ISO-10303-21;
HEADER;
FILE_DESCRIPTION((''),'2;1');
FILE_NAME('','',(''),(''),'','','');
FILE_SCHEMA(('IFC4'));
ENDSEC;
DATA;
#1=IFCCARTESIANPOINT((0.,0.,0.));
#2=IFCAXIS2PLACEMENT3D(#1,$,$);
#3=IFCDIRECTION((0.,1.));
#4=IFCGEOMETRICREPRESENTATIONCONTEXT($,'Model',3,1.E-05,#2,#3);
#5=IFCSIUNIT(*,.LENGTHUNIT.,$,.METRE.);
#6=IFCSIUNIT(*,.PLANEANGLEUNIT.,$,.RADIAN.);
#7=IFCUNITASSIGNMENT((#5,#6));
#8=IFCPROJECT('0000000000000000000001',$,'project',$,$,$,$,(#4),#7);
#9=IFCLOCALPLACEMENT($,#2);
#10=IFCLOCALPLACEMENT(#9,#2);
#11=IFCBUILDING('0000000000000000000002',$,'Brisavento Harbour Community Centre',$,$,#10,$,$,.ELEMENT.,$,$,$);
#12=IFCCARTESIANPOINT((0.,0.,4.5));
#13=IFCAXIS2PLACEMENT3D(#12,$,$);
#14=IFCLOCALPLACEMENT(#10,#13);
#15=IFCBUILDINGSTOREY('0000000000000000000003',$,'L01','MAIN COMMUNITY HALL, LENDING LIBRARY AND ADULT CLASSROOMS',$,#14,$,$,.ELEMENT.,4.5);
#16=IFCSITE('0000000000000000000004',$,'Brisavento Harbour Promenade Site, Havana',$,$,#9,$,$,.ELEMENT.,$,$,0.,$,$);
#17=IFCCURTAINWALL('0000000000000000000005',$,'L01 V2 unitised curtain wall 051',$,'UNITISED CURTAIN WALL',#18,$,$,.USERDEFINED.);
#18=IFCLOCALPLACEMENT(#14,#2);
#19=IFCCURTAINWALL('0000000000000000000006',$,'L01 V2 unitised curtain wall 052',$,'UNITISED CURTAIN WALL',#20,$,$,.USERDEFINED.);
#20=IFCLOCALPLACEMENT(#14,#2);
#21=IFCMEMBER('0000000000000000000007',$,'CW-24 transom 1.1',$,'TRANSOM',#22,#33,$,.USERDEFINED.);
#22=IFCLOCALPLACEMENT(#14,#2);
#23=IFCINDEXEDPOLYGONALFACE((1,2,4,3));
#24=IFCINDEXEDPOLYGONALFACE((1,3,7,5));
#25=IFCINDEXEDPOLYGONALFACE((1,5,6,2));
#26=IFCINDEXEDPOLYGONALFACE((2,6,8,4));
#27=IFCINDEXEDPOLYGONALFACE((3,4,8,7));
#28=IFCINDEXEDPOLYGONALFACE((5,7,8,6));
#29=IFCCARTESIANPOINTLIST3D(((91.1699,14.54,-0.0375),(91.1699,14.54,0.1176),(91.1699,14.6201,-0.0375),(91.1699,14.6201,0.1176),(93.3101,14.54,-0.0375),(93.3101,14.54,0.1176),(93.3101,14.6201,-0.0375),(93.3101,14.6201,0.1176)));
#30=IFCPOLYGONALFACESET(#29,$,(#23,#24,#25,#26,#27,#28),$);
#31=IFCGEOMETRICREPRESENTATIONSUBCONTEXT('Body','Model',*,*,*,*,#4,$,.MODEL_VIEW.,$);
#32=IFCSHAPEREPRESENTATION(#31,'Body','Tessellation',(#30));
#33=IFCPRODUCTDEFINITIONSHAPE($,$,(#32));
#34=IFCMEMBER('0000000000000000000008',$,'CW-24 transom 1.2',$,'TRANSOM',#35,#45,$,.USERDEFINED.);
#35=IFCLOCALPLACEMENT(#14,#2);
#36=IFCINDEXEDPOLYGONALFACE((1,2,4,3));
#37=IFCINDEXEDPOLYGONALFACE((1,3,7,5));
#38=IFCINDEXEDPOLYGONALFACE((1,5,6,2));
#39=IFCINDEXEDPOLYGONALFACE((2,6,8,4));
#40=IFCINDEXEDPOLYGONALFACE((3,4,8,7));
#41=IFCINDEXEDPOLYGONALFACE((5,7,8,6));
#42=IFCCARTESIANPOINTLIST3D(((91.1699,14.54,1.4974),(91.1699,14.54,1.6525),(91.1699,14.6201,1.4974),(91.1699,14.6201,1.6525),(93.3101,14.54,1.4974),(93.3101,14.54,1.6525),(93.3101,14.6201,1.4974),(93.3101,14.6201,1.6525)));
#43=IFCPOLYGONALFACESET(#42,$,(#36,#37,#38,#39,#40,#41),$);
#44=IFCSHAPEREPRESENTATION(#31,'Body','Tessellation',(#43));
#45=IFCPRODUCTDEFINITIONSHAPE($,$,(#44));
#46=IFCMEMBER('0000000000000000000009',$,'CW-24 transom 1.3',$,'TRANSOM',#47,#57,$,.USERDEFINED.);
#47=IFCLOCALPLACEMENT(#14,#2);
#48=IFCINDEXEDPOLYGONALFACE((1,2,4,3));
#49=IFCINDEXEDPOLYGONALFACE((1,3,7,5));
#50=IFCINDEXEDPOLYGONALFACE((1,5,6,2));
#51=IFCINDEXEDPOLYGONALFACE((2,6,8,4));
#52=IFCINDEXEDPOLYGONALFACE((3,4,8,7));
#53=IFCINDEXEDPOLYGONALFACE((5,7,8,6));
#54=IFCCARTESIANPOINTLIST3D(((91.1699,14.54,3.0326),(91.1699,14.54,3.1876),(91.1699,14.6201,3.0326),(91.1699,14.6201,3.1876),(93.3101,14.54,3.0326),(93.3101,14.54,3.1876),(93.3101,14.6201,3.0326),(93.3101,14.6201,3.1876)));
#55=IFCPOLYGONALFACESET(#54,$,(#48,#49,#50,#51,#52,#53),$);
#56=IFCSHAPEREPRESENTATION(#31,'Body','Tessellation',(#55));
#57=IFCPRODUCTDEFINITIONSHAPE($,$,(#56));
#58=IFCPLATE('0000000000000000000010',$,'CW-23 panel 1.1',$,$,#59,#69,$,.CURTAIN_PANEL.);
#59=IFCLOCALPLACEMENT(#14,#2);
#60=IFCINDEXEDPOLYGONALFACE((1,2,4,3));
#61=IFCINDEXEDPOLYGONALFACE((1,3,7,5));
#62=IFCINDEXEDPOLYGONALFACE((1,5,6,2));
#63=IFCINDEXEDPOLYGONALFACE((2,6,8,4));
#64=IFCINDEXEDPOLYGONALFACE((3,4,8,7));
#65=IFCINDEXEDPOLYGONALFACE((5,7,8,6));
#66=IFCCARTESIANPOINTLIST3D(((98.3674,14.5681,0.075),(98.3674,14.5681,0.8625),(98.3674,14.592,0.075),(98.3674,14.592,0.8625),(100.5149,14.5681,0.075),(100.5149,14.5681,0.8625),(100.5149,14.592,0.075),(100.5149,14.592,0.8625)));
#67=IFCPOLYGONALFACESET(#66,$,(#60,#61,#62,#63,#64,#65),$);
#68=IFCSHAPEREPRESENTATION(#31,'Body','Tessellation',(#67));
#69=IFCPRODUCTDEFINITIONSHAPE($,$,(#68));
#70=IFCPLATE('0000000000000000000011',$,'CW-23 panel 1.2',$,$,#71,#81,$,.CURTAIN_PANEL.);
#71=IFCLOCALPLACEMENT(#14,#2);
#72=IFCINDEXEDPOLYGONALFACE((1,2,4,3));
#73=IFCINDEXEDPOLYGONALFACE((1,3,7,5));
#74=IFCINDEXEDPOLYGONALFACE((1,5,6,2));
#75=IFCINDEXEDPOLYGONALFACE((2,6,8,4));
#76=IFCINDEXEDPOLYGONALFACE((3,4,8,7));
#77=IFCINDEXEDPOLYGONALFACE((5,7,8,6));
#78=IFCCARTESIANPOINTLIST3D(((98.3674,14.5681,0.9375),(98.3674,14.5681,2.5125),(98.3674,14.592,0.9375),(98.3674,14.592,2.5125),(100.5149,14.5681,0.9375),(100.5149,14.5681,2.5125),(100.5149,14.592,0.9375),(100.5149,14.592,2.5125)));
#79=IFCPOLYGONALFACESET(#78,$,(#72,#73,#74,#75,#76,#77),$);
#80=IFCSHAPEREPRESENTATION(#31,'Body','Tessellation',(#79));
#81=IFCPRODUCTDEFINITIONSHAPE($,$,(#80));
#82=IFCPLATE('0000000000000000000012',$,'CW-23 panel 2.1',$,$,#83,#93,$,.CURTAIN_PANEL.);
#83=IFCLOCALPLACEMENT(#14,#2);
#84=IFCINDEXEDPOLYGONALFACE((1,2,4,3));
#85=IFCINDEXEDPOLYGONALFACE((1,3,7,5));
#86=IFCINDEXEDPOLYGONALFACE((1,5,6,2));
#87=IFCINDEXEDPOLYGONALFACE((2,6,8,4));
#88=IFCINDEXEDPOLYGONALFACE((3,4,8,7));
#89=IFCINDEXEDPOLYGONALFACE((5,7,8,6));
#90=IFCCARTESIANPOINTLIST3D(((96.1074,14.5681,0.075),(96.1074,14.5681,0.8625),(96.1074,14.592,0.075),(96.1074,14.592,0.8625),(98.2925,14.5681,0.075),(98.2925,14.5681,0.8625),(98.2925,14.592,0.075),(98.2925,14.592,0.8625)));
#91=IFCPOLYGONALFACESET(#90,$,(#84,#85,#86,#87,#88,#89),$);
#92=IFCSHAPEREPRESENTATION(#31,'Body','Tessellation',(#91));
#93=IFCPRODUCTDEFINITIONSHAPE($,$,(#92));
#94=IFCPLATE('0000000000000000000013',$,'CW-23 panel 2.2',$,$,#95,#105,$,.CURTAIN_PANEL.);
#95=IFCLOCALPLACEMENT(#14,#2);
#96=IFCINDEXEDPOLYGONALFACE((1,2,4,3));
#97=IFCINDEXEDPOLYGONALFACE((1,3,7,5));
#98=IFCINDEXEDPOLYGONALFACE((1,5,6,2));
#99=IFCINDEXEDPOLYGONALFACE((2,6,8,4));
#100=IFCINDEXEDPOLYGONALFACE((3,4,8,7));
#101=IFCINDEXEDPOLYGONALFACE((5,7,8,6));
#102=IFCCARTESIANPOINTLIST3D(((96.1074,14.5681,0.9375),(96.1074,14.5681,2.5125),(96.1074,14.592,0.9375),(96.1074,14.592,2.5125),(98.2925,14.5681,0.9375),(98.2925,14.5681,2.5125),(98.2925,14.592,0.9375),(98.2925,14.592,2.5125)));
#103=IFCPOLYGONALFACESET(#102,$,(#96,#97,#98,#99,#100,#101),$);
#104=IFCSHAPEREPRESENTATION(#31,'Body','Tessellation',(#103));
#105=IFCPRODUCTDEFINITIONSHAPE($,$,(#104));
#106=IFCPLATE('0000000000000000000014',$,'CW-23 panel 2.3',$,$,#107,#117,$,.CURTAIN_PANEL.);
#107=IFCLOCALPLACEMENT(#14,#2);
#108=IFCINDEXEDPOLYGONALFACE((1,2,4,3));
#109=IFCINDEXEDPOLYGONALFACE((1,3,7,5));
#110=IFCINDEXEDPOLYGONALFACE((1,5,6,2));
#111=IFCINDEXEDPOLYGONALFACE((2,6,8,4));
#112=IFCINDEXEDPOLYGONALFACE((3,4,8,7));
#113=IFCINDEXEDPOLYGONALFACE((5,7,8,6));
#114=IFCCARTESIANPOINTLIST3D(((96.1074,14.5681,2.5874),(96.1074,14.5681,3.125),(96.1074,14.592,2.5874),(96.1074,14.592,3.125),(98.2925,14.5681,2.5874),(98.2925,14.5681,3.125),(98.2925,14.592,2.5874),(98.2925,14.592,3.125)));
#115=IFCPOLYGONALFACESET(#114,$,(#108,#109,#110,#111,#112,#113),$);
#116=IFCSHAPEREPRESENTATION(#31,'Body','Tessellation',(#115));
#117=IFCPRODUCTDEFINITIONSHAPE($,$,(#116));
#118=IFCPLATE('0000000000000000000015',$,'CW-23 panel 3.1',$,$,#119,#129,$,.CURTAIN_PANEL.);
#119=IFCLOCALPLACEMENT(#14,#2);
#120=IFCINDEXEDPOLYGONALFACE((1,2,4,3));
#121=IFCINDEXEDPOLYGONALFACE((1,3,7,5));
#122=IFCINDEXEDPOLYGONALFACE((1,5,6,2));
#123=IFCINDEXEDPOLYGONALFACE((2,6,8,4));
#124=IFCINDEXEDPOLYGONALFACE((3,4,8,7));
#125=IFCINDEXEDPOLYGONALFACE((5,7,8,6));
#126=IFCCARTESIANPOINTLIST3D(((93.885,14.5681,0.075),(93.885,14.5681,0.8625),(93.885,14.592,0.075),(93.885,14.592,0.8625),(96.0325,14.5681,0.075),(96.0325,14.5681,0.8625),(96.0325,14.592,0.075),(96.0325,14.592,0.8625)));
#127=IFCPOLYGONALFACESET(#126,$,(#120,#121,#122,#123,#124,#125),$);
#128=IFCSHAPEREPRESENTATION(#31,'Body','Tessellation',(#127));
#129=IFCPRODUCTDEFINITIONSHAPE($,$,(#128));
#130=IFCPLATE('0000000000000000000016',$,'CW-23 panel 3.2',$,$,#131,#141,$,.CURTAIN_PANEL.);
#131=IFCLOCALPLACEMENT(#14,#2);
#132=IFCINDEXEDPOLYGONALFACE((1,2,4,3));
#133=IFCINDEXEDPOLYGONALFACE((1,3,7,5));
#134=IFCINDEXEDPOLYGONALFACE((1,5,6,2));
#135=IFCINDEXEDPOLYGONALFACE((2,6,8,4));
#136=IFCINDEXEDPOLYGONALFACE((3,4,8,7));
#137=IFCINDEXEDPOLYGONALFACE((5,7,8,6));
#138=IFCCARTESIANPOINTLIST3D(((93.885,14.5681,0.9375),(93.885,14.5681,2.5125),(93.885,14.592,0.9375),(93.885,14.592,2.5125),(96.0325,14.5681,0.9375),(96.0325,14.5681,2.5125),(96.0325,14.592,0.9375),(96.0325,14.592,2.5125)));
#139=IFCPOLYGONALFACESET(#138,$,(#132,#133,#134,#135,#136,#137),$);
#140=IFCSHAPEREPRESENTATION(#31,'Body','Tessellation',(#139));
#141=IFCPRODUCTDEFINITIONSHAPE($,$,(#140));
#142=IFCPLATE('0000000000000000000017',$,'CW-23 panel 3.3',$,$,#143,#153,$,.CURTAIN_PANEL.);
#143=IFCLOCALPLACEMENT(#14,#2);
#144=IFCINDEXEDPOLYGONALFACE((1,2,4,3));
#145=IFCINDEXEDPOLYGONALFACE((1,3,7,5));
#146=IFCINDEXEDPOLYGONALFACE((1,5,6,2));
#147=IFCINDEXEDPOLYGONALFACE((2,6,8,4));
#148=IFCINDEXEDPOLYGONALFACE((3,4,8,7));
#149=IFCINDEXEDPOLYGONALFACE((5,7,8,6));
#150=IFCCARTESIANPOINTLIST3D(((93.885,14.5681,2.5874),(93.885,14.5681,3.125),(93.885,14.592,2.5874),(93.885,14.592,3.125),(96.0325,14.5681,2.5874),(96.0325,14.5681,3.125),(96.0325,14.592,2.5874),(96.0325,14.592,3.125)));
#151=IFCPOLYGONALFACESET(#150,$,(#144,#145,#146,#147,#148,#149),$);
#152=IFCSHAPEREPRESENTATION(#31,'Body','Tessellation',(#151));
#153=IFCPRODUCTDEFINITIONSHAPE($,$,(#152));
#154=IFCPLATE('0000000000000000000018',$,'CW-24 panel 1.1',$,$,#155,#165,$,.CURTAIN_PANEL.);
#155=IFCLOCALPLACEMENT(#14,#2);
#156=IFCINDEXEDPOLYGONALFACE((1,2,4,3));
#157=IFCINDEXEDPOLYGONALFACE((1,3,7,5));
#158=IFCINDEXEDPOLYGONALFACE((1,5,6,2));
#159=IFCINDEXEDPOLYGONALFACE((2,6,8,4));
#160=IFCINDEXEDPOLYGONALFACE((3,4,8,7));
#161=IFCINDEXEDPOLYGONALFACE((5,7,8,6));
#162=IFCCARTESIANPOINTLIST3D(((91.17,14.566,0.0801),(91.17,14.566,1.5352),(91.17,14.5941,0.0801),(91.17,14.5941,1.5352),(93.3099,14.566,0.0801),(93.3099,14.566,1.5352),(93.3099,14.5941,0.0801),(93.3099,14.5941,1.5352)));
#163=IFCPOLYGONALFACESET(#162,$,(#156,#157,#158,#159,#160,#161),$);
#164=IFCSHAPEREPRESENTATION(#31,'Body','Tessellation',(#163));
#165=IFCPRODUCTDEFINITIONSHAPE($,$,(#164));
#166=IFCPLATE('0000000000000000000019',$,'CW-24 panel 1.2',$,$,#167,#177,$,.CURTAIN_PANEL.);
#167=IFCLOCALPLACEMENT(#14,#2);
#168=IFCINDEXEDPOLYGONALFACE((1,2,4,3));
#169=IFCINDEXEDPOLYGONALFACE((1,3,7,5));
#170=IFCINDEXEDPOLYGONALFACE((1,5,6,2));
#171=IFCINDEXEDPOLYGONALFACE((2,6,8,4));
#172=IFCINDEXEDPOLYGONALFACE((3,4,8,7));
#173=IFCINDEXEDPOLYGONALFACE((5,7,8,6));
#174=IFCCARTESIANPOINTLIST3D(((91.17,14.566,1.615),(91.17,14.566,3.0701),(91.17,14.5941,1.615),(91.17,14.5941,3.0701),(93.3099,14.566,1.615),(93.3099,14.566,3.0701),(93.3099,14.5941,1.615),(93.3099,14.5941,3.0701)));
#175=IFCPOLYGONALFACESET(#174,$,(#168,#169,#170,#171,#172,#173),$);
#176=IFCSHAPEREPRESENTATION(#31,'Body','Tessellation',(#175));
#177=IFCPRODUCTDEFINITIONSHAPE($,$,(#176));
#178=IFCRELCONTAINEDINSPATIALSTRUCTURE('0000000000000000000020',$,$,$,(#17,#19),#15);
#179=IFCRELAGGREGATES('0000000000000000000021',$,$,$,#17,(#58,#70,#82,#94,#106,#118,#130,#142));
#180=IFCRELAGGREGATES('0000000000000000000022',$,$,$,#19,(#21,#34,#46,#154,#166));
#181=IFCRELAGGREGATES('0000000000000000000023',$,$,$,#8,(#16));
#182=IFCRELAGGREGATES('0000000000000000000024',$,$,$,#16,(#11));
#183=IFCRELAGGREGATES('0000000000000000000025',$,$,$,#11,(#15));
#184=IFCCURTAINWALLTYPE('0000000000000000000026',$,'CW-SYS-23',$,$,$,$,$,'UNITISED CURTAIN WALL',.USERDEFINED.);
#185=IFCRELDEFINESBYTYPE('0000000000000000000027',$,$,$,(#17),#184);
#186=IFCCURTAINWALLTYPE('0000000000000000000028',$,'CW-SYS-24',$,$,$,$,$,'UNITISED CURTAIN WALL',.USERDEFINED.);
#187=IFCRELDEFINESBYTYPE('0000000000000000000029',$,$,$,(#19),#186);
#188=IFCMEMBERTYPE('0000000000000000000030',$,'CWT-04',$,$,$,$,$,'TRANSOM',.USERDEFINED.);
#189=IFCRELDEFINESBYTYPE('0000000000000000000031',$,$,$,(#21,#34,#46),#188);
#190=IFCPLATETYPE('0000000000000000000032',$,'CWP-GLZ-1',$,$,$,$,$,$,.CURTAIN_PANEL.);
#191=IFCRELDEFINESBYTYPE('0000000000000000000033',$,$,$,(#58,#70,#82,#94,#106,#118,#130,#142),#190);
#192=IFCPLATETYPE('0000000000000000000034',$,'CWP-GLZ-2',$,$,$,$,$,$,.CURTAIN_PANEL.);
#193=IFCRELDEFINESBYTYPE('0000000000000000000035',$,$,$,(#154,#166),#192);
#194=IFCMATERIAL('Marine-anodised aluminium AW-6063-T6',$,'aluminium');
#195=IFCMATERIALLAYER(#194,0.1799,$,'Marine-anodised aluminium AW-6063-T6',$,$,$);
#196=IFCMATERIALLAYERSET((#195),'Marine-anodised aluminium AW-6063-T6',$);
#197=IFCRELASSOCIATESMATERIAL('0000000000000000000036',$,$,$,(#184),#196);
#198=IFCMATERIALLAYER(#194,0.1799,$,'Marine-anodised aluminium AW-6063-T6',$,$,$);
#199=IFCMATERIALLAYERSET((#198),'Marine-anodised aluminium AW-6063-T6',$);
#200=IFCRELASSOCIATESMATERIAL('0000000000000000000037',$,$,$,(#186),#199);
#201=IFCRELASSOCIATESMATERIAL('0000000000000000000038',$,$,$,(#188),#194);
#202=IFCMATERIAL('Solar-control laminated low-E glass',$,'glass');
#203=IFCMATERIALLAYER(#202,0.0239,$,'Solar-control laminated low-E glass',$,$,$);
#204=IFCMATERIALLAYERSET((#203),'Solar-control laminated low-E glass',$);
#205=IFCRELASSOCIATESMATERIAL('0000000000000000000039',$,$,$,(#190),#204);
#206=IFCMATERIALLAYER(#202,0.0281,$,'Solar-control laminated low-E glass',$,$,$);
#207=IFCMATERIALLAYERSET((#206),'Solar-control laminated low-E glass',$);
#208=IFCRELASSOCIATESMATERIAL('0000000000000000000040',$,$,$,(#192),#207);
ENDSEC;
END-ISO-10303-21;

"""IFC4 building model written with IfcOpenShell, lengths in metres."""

from ifc_helpers import new_model, si_unit, direction, frame, origin, origin_2d, place, context, subcontext, project, spatial, rectangle, extrude, material, layer, layer_set, material_profile, profile_set, type_object, element, aggregate, save


model = new_model("IFC4")

# Units and contexts
model_context = context("Model", 3, precision=1e-05, world=origin(), true_north=direction((0.0, 1.0)))
body_context = subcontext(model_context, "Body", "Model", "MODEL_VIEW")
ifc_project = project(units=[si_unit("LENGTHUNIT", "METRE"), si_unit("PLANEANGLEUNIT", "RADIAN")], contexts=[model_context])

# Site, building, storey
site_placement = place(None, origin())
site = spatial("IfcSite", under=ifc_project, at=site_placement, Name="Brisavento Harbour Promenade Site, Havana", CompositionType="ELEMENT", RefElevation=0.0)
building_placement = place(site_placement, origin())
building = spatial("IfcBuilding", under=site, at=building_placement, Name="Brisavento Harbour Community Centre", CompositionType="ELEMENT")
storey_placement = place(building_placement, frame((0.0, 0.0, 4.5)))
storey = spatial("IfcBuildingStorey", under=building, at=storey_placement, Name="L01", Description="MAIN COMMUNITY HALL, LENDING LIBRARY AND ADULT CLASSROOMS", CompositionType="ELEMENT", Elevation=4.5)

# Curtain walls
ifc_material_1 = material(Name="Marine-anodised aluminium AW-6063-T6", Category="aluminium")
ifc_layer_1 = layer(ifc_material_1, 0.1799, Name="Marine-anodised aluminium AW-6063-T6")
ifc_layer_set_1 = layer_set([ifc_layer_1], Name="Marine-anodised aluminium AW-6063-T6")
curtain_wall_type_1 = type_object("IfcCurtainWallType", Name="CW-SYS-23", ElementType="UNITISED CURTAIN WALL", PredefinedType="USERDEFINED", material=ifc_layer_set_1)
curtain_wall_1_placement = place(storey_placement, origin())
curtain_wall_1 = element("IfcCurtainWall", 1, at=curtain_wall_1_placement, inside=storey, type_object=curtain_wall_type_1, Name="L01 V2 unitised curtain wall 051", ObjectType="UNITISED CURTAIN WALL", PredefinedType="USERDEFINED")
ifc_layer_2 = layer(ifc_material_1, 0.1799, Name="Marine-anodised aluminium AW-6063-T6")
ifc_layer_set_2 = layer_set([ifc_layer_2], Name="Marine-anodised aluminium AW-6063-T6")
curtain_wall_type_2 = type_object("IfcCurtainWallType", Name="CW-SYS-24", ElementType="UNITISED CURTAIN WALL", PredefinedType="USERDEFINED", material=ifc_layer_set_2)
curtain_wall_2_placement = place(storey_placement, origin())
curtain_wall_2 = element("IfcCurtainWall", 2, at=curtain_wall_2_placement, inside=storey, type_object=curtain_wall_type_2, Name="L01 V2 unitised curtain wall 052", ObjectType="UNITISED CURTAIN WALL", PredefinedType="USERDEFINED")

# Members
ifc_material_profile_1 = material_profile(ifc_material_1, rectangle(XDim=0.0801, YDim=0.155, at=origin_2d()), Name="Marine-anodised aluminium AW-6063-T6")
ifc_profile_set_1 = profile_set([ifc_material_profile_1], Name="Marine-anodised aluminium AW-6063-T6")
member_type_1 = type_object("IfcMemberType", Name="CWT-04", ElementType="TRANSOM", PredefinedType="USERDEFINED", material=ifc_profile_set_1)
member_1_placement = place(storey_placement, frame((93.3101, 14.5801, 0.04), z_axis=(-1.0, 0.0, 0.0), x_axis=(0.0, -1.0, 0.0)))
member_1 = element("IfcMember", 3, at=member_1_placement, type_object=member_type_1, Name="CW-24 transom 1.1", ObjectType="TRANSOM", PredefinedType="USERDEFINED", context=body_context, shape_type="SweptSolid", body=[
    extrude(rectangle(XDim=0.0801, YDim=0.155, at=origin_2d()), origin(), (0.0, 0.0, 1.0), 2.1401),
])
member_2_placement = place(storey_placement, frame((93.3101, 14.5801, 1.575), z_axis=(-1.0, 0.0, 0.0), x_axis=(0.0, -1.0, 0.0)))
member_2 = element("IfcMember", 4, at=member_2_placement, type_object=member_type_1, Name="CW-24 transom 1.2", ObjectType="TRANSOM", PredefinedType="USERDEFINED", context=body_context, shape_type="SweptSolid", body=[
    extrude(rectangle(XDim=0.0801, YDim=0.155, at=origin_2d()), origin(), (0.0, 0.0, 1.0), 2.1401),
])
member_3_placement = place(storey_placement, frame((93.3101, 14.5801, 3.1101), z_axis=(-1.0, 0.0, 0.0), x_axis=(0.0, -1.0, 0.0)))
member_3 = element("IfcMember", 5, at=member_3_placement, type_object=member_type_1, Name="CW-24 transom 1.3", ObjectType="TRANSOM", PredefinedType="USERDEFINED", context=body_context, shape_type="SweptSolid", body=[
    extrude(rectangle(XDim=0.0801, YDim=0.155, at=origin_2d()), origin(), (0.0, 0.0, 1.0), 2.1401),
])

# Plates
ifc_material_2 = material(Name="Solar-control laminated low-E glass", Category="glass")
ifc_layer_3 = layer(ifc_material_2, 0.0239, Name="Solar-control laminated low-E glass")
ifc_layer_set_3 = layer_set([ifc_layer_3], Name="Solar-control laminated low-E glass")
plate_type_1 = type_object("IfcPlateType", Name="CWP-GLZ-1", PredefinedType="CURTAIN_PANEL", material=ifc_layer_set_3)
plate_1_placement = place(storey_placement, frame((99.4412, 14.5801, 0.075), z_axis=(0.0, 0.0, 1.0), x_axis=(-1.0, 0.0, 0.0)))
plate_1 = element("IfcPlate", 6, at=plate_1_placement, type_object=plate_type_1, Name="CW-23 panel 1.1", PredefinedType="CURTAIN_PANEL", context=body_context, shape_type="SweptSolid", body=[
    extrude(rectangle(XDim=2.1475, YDim=0.0239, at=origin_2d()), origin(), (0.0, 0.0, 1.0), 0.7876),
])
plate_2_placement = place(storey_placement, frame((99.4412, 14.5801, 0.9375), z_axis=(0.0, 0.0, 1.0), x_axis=(-1.0, 0.0, 0.0)))
plate_2 = element("IfcPlate", 7, at=plate_2_placement, type_object=plate_type_1, Name="CW-23 panel 1.2", PredefinedType="CURTAIN_PANEL", context=body_context, shape_type="SweptSolid", body=[
    extrude(rectangle(XDim=2.1475, YDim=0.0239, at=origin_2d()), origin(), (0.0, 0.0, 1.0), 1.575),
])
plate_3_placement = place(storey_placement, frame((97.2, 14.5801, 0.075), z_axis=(0.0, 0.0, 1.0), x_axis=(-1.0, 0.0, 0.0)))
plate_3 = element("IfcPlate", 8, at=plate_3_placement, type_object=plate_type_1, Name="CW-23 panel 2.1", PredefinedType="CURTAIN_PANEL", context=body_context, shape_type="SweptSolid", body=[
    extrude(rectangle(XDim=2.1851, YDim=0.0239, at=origin_2d()), origin(), (0.0, 0.0, 1.0), 0.7876),
])
plate_4_placement = place(storey_placement, frame((97.2, 14.5801, 0.9375), z_axis=(0.0, 0.0, 1.0), x_axis=(-1.0, 0.0, 0.0)))
plate_4 = element("IfcPlate", 9, at=plate_4_placement, type_object=plate_type_1, Name="CW-23 panel 2.2", PredefinedType="CURTAIN_PANEL", context=body_context, shape_type="SweptSolid", body=[
    extrude(rectangle(XDim=2.1851, YDim=0.0239, at=origin_2d()), origin(), (0.0, 0.0, 1.0), 1.575),
])
plate_5_placement = place(storey_placement, frame((97.2, 14.5801, 2.5874), z_axis=(0.0, 0.0, 1.0), x_axis=(-1.0, 0.0, 0.0)))
plate_5 = element("IfcPlate", 10, at=plate_5_placement, type_object=plate_type_1, Name="CW-23 panel 2.3", PredefinedType="CURTAIN_PANEL", context=body_context, shape_type="SweptSolid", body=[
    extrude(rectangle(XDim=2.1851, YDim=0.0239, at=origin_2d()), origin(), (0.0, 0.0, 1.0), 0.5376),
])
plate_6_placement = place(storey_placement, frame((94.9587, 14.5801, 0.075), z_axis=(0.0, 0.0, 1.0), x_axis=(-1.0, 0.0, 0.0)))
plate_6 = element("IfcPlate", 11, at=plate_6_placement, type_object=plate_type_1, Name="CW-23 panel 3.1", PredefinedType="CURTAIN_PANEL", context=body_context, shape_type="SweptSolid", body=[
    extrude(rectangle(XDim=2.1475, YDim=0.0239, at=origin_2d()), origin(), (0.0, 0.0, 1.0), 0.7876),
])
plate_7_placement = place(storey_placement, frame((94.9587, 14.5801, 0.9375), z_axis=(0.0, 0.0, 1.0), x_axis=(-1.0, 0.0, 0.0)))
plate_7 = element("IfcPlate", 12, at=plate_7_placement, type_object=plate_type_1, Name="CW-23 panel 3.2", PredefinedType="CURTAIN_PANEL", context=body_context, shape_type="SweptSolid", body=[
    extrude(rectangle(XDim=2.1475, YDim=0.0239, at=origin_2d()), origin(), (0.0, 0.0, 1.0), 1.575),
])
plate_8_placement = place(storey_placement, frame((94.9587, 14.5801, 2.5874), z_axis=(0.0, 0.0, 1.0), x_axis=(-1.0, 0.0, 0.0)))
plate_8 = element("IfcPlate", 13, at=plate_8_placement, type_object=plate_type_1, Name="CW-23 panel 3.3", PredefinedType="CURTAIN_PANEL", context=body_context, shape_type="SweptSolid", body=[
    extrude(rectangle(XDim=2.1475, YDim=0.0239, at=origin_2d()), origin(), (0.0, 0.0, 1.0), 0.5376),
])
aggregate(curtain_wall_1, [plate_1, plate_2, plate_3, plate_4, plate_5, plate_6, plate_7, plate_8])
ifc_layer_4 = layer(ifc_material_2, 0.0281, Name="Solar-control laminated low-E glass")
ifc_layer_set_4 = layer_set([ifc_layer_4], Name="Solar-control laminated low-E glass")
plate_type_2 = type_object("IfcPlateType", Name="CWP-GLZ-2", PredefinedType="CURTAIN_PANEL", material=ifc_layer_set_4)
plate_9_placement = place(storey_placement, frame((92.24, 14.5801, 0.0801), z_axis=(0.0, 0.0, 1.0), x_axis=(-1.0, 0.0, 0.0)))
plate_9 = element("IfcPlate", 14, at=plate_9_placement, type_object=plate_type_2, Name="CW-24 panel 1.1", PredefinedType="CURTAIN_PANEL", context=body_context, shape_type="SweptSolid", body=[
    extrude(rectangle(XDim=2.1399, YDim=0.0281, at=origin_2d()), origin(), (0.0, 0.0, 1.0), 1.4551),
])
plate_10_placement = place(storey_placement, frame((92.24, 14.5801, 1.615), z_axis=(0.0, 0.0, 1.0), x_axis=(-1.0, 0.0, 0.0)))
plate_10 = element("IfcPlate", 15, at=plate_10_placement, type_object=plate_type_2, Name="CW-24 panel 1.2", PredefinedType="CURTAIN_PANEL", context=body_context, shape_type="SweptSolid", body=[
    extrude(rectangle(XDim=2.1399, YDim=0.0281, at=origin_2d()), origin(), (0.0, 0.0, 1.0), 1.4551),
])
aggregate(curtain_wall_2, [member_1, member_2, member_3, plate_9, plate_10])

save(model, "model.ifc")
